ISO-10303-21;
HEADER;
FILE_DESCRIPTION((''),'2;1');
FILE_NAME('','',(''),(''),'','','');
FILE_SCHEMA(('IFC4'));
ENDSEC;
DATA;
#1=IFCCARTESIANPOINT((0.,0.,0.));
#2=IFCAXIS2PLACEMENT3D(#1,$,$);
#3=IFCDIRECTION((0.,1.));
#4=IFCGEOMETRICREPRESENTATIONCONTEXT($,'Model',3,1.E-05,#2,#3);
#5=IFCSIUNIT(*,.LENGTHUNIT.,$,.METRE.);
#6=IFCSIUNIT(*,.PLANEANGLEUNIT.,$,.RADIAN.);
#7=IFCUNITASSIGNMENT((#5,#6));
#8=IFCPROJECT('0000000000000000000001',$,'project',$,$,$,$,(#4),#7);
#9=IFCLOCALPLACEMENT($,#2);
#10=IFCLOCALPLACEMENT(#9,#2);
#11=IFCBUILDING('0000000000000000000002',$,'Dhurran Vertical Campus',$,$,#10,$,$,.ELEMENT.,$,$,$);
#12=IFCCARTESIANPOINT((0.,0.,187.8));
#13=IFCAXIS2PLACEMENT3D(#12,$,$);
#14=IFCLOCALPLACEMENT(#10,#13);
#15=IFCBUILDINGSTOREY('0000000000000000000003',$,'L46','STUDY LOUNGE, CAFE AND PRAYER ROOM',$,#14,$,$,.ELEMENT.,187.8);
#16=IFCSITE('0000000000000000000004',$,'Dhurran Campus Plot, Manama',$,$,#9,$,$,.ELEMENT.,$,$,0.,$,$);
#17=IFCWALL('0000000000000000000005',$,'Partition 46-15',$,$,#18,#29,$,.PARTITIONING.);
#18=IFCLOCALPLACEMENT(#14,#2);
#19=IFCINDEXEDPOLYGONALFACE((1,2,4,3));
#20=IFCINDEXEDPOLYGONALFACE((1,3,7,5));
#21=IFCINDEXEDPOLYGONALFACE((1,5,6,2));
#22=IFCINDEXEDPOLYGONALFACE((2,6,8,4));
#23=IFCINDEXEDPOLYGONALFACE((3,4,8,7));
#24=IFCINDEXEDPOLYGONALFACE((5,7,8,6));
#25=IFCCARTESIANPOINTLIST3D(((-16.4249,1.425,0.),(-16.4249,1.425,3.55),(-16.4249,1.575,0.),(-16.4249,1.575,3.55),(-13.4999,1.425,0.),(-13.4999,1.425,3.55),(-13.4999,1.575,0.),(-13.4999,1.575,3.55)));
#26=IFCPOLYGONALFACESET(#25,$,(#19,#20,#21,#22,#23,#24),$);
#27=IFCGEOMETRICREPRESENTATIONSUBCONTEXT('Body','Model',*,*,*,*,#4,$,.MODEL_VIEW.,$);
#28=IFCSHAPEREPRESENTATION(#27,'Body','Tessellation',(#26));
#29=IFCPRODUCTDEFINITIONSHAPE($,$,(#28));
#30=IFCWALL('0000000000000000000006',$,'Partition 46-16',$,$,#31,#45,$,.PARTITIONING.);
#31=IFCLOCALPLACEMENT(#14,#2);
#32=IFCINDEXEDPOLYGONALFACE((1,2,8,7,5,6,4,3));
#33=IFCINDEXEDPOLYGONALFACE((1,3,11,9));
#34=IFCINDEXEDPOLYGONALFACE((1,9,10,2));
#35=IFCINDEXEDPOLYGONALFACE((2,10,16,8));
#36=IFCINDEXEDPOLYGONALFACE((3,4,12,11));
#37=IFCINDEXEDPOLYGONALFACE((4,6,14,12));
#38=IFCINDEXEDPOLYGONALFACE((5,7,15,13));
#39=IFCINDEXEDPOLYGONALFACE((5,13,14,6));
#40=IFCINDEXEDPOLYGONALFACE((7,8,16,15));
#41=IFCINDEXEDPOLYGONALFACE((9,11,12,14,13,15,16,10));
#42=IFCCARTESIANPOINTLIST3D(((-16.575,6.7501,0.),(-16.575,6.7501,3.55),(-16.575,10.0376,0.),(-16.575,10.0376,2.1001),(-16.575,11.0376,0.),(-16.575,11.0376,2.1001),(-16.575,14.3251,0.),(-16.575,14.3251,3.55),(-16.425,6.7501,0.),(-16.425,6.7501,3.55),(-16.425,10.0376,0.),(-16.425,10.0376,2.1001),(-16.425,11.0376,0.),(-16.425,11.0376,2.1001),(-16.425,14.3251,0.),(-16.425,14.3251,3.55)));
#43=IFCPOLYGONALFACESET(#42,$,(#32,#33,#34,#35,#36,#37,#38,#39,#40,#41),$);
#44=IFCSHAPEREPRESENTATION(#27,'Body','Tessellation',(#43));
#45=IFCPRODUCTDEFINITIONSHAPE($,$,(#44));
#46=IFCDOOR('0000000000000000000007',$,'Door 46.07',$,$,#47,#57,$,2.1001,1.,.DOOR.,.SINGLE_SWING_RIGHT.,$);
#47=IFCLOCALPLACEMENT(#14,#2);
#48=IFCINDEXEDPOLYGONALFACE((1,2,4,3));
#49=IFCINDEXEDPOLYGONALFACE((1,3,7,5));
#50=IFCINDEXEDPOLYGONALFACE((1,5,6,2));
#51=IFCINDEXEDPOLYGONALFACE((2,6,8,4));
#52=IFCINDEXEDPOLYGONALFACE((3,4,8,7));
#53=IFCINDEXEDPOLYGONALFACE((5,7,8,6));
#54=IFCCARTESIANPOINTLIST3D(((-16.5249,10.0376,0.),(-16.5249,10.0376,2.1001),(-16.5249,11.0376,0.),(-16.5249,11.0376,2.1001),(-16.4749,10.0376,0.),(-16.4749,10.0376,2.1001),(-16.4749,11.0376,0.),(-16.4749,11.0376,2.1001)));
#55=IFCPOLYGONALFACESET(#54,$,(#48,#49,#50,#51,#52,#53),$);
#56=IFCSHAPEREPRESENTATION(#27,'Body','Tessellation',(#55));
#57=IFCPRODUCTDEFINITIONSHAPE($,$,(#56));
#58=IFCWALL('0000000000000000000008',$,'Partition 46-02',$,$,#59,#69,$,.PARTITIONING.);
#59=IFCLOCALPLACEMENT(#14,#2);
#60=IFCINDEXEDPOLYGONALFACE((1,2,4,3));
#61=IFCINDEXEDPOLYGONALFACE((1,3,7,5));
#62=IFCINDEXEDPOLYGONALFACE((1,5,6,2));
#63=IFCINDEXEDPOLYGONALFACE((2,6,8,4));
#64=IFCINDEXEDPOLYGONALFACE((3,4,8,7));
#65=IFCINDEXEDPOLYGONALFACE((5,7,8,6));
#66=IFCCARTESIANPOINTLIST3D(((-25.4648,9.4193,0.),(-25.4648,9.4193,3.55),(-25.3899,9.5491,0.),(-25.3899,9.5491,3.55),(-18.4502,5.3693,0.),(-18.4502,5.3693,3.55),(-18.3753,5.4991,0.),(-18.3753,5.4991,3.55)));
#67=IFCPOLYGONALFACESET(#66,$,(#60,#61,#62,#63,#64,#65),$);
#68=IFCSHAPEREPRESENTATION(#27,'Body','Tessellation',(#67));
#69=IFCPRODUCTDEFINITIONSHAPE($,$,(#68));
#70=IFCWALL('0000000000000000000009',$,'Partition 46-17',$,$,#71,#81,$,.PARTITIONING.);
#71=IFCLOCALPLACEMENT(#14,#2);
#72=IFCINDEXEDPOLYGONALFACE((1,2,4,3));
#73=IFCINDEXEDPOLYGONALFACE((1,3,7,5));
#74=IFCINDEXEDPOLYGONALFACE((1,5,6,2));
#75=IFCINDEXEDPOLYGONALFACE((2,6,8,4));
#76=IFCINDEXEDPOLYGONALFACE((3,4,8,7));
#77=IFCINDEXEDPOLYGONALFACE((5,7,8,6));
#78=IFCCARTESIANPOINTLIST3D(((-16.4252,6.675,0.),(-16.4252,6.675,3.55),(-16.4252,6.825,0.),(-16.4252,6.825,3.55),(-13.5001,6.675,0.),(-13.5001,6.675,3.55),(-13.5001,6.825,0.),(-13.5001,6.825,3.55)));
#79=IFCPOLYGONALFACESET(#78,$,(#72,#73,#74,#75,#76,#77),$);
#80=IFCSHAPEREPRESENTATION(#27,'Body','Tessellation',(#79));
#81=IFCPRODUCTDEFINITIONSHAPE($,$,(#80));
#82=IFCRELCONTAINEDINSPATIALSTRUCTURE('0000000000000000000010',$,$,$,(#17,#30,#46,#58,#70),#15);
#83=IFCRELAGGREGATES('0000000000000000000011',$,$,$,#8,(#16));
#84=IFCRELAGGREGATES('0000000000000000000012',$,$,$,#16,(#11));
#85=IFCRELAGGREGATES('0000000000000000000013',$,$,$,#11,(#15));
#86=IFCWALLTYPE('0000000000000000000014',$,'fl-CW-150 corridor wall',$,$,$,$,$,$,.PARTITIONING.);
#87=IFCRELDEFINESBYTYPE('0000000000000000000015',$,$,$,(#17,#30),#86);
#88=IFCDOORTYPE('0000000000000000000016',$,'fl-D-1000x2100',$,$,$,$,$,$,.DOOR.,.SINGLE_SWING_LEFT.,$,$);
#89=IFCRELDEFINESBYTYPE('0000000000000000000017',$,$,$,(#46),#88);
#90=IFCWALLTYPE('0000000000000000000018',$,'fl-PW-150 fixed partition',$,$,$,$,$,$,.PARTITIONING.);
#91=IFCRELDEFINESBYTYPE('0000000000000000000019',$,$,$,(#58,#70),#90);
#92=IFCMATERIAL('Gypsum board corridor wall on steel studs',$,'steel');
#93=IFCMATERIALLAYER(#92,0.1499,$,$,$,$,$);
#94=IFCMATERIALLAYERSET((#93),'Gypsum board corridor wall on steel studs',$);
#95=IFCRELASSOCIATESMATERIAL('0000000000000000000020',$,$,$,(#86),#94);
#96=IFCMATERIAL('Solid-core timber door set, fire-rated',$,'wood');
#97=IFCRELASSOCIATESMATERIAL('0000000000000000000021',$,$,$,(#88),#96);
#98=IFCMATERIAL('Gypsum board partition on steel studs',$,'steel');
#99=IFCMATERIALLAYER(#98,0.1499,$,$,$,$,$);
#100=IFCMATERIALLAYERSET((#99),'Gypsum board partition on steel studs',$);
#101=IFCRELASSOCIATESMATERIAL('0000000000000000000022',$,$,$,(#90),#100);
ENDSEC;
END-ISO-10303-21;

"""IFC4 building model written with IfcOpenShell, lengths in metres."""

from ifc_helpers import new_model, si_unit, direction, frame, frame_2d, origin, place, context, subcontext, project, spatial, rectangle, extrude, material, layer, layer_set, type_object, element, fill, save


model = new_model("IFC4")

# Units and contexts
model_context = context("Model", 3, precision=1e-05, world=origin(), true_north=direction((0.0, 1.0)))
body_context = subcontext(model_context, "Body", "Model", "MODEL_VIEW")
ifc_project = project(units=[si_unit("LENGTHUNIT", "METRE"), si_unit("PLANEANGLEUNIT", "RADIAN")], contexts=[model_context])

# Site, building, storey
site_placement = place(None, origin())
site = spatial("IfcSite", under=ifc_project, at=site_placement, Name="Dhurran Campus Plot, Manama", CompositionType="ELEMENT", RefElevation=0.0)
building_placement = place(site_placement, origin())
building = spatial("IfcBuilding", under=site, at=building_placement, Name="Dhurran Vertical Campus", CompositionType="ELEMENT")
storey_placement = place(building_placement, frame((0.0, 0.0, 187.8)))
storey = spatial("IfcBuildingStorey", under=building, at=storey_placement, Name="L46", Description="STUDY LOUNGE, CAFE AND PRAYER ROOM", CompositionType="ELEMENT", Elevation=187.8)

# Shared definitions
ifc_material_1 = material(Name="Gypsum board corridor wall on steel studs", Category="steel")
ifc_layer_1 = layer(ifc_material_1, 0.1499)
ifc_layer_set_1 = layer_set([ifc_layer_1], Name="Gypsum board corridor wall on steel studs")
wall_type_1 = type_object("IfcWallType", Name="fl-CW-150 corridor wall", PredefinedType="PARTITIONING", material=ifc_layer_set_1)
ifc_material_2 = material(Name="Solid-core timber door set, fire-rated", Category="wood")
door_type_1 = type_object("IfcDoorType", Name="fl-D-1000x2100", OperationType="SINGLE_SWING_LEFT", PredefinedType="DOOR", material=ifc_material_2)

# Wall
wall_1_placement = place(storey_placement, frame((-13.5, 1.5, 0.0), z_axis=(0.0, 0.0, 1.0), x_axis=(-1.0, 0.0, 0.0)))
element("IfcWall", 1, at=wall_1_placement, inside=storey, type_object=wall_type_1, Name="Partition 46-15", PredefinedType="PARTITIONING", context=body_context, shape_type="SweptSolid", body=[
    extrude(rectangle(XDim=2.925, YDim=0.1499, at=frame_2d((1.4624, 0.0))), origin(), (0.0, 0.0, 1.0), 3.55),
])

# Wall, opening, door
wall_2_placement = place(storey_placement, frame((-16.5, 6.75, 0.0), z_axis=(0.0, 0.0, 1.0), x_axis=(0.0, 1.0, 0.0)))
wall_2 = element("IfcWall", 2, at=wall_2_placement, inside=storey, type_object=wall_type_1, Name="Partition 46-16", PredefinedType="PARTITIONING", context=body_context, shape_type="SweptSolid", body=[
    extrude(rectangle(XDim=7.575, YDim=0.1499, at=frame_2d((3.7876, 0.0))), origin(), (0.0, 0.0, 1.0), 3.55),
])
opening_1_placement = place(wall_2_placement, frame((3.2876, 0.0, 0.0)))
opening_1 = element("IfcOpeningElement", 3, at=opening_1_placement, cuts=wall_2, PredefinedType="OPENING", context=body_context, shape_type="SweptSolid", body=[
    extrude(rectangle(XDim=1.0, YDim=2.1001, at=frame_2d((0.5, 1.05))), frame((0.0, 0.085, 0.0), z_axis=(0.0, -1.0, 0.0), x_axis=(1.0, 0.0, 0.0)), (0.0, 0.0, 1.0), 0.1699),
])
door_1_placement = place(opening_1_placement, origin())
door_1 = element("IfcDoor", 4, at=door_1_placement, inside=storey, type_object=door_type_1, Name="Door 46.07", OperationType="SINGLE_SWING_RIGHT", OverallHeight=2.1001, OverallWidth=1.0, PredefinedType="DOOR", context=body_context, shape_type="SweptSolid", body=[
    extrude(rectangle(XDim=1.0, YDim=2.1001, at=frame_2d((0.5, 1.05))), frame((0.0, 0.0249, 0.0), z_axis=(0.0, -1.0, 0.0), x_axis=(1.0, 0.0, 0.0)), (0.0, 0.0, 1.0), 0.05),
])
fill(opening_1, door_1)

# Walls
ifc_material_3 = material(Name="Gypsum board partition on steel studs", Category="steel")
ifc_layer_2 = layer(ifc_material_3, 0.1499)
ifc_layer_set_2 = layer_set([ifc_layer_2], Name="Gypsum board partition on steel studs")
wall_type_2 = type_object("IfcWallType", Name="fl-PW-150 fixed partition", PredefinedType="PARTITIONING", material=ifc_layer_set_2)
wall_3_placement = place(storey_placement, frame((-25.4272, 9.4841, 0.0), z_axis=(0.0, 0.0, 1.0), x_axis=(0.866018, -0.500013, 0.0)))
element("IfcWall", 5, at=wall_3_placement, inside=storey, type_object=wall_type_2, Name="Partition 46-02", PredefinedType="PARTITIONING", context=body_context, shape_type="SweptSolid", body=[
    extrude(rectangle(XDim=8.0999, YDim=0.1499, at=frame_2d((4.0498, 0.0))), origin(), (0.0, 0.0, 1.0), 3.55),
])
wall_4_placement = place(storey_placement, frame((-16.425, 6.75, 0.0), z_axis=(0.0, 0.0, 1.0), x_axis=(1.0, 0.0, 0.0)))
element("IfcWall", 6, at=wall_4_placement, inside=storey, type_object=wall_type_2, Name="Partition 46-17", PredefinedType="PARTITIONING", context=body_context, shape_type="SweptSolid", body=[
    extrude(rectangle(XDim=2.925, YDim=0.1499, at=frame_2d((1.4624, 0.0))), origin(), (0.0, 0.0, 1.0), 3.55),
])

save(model, "model.ifc")
